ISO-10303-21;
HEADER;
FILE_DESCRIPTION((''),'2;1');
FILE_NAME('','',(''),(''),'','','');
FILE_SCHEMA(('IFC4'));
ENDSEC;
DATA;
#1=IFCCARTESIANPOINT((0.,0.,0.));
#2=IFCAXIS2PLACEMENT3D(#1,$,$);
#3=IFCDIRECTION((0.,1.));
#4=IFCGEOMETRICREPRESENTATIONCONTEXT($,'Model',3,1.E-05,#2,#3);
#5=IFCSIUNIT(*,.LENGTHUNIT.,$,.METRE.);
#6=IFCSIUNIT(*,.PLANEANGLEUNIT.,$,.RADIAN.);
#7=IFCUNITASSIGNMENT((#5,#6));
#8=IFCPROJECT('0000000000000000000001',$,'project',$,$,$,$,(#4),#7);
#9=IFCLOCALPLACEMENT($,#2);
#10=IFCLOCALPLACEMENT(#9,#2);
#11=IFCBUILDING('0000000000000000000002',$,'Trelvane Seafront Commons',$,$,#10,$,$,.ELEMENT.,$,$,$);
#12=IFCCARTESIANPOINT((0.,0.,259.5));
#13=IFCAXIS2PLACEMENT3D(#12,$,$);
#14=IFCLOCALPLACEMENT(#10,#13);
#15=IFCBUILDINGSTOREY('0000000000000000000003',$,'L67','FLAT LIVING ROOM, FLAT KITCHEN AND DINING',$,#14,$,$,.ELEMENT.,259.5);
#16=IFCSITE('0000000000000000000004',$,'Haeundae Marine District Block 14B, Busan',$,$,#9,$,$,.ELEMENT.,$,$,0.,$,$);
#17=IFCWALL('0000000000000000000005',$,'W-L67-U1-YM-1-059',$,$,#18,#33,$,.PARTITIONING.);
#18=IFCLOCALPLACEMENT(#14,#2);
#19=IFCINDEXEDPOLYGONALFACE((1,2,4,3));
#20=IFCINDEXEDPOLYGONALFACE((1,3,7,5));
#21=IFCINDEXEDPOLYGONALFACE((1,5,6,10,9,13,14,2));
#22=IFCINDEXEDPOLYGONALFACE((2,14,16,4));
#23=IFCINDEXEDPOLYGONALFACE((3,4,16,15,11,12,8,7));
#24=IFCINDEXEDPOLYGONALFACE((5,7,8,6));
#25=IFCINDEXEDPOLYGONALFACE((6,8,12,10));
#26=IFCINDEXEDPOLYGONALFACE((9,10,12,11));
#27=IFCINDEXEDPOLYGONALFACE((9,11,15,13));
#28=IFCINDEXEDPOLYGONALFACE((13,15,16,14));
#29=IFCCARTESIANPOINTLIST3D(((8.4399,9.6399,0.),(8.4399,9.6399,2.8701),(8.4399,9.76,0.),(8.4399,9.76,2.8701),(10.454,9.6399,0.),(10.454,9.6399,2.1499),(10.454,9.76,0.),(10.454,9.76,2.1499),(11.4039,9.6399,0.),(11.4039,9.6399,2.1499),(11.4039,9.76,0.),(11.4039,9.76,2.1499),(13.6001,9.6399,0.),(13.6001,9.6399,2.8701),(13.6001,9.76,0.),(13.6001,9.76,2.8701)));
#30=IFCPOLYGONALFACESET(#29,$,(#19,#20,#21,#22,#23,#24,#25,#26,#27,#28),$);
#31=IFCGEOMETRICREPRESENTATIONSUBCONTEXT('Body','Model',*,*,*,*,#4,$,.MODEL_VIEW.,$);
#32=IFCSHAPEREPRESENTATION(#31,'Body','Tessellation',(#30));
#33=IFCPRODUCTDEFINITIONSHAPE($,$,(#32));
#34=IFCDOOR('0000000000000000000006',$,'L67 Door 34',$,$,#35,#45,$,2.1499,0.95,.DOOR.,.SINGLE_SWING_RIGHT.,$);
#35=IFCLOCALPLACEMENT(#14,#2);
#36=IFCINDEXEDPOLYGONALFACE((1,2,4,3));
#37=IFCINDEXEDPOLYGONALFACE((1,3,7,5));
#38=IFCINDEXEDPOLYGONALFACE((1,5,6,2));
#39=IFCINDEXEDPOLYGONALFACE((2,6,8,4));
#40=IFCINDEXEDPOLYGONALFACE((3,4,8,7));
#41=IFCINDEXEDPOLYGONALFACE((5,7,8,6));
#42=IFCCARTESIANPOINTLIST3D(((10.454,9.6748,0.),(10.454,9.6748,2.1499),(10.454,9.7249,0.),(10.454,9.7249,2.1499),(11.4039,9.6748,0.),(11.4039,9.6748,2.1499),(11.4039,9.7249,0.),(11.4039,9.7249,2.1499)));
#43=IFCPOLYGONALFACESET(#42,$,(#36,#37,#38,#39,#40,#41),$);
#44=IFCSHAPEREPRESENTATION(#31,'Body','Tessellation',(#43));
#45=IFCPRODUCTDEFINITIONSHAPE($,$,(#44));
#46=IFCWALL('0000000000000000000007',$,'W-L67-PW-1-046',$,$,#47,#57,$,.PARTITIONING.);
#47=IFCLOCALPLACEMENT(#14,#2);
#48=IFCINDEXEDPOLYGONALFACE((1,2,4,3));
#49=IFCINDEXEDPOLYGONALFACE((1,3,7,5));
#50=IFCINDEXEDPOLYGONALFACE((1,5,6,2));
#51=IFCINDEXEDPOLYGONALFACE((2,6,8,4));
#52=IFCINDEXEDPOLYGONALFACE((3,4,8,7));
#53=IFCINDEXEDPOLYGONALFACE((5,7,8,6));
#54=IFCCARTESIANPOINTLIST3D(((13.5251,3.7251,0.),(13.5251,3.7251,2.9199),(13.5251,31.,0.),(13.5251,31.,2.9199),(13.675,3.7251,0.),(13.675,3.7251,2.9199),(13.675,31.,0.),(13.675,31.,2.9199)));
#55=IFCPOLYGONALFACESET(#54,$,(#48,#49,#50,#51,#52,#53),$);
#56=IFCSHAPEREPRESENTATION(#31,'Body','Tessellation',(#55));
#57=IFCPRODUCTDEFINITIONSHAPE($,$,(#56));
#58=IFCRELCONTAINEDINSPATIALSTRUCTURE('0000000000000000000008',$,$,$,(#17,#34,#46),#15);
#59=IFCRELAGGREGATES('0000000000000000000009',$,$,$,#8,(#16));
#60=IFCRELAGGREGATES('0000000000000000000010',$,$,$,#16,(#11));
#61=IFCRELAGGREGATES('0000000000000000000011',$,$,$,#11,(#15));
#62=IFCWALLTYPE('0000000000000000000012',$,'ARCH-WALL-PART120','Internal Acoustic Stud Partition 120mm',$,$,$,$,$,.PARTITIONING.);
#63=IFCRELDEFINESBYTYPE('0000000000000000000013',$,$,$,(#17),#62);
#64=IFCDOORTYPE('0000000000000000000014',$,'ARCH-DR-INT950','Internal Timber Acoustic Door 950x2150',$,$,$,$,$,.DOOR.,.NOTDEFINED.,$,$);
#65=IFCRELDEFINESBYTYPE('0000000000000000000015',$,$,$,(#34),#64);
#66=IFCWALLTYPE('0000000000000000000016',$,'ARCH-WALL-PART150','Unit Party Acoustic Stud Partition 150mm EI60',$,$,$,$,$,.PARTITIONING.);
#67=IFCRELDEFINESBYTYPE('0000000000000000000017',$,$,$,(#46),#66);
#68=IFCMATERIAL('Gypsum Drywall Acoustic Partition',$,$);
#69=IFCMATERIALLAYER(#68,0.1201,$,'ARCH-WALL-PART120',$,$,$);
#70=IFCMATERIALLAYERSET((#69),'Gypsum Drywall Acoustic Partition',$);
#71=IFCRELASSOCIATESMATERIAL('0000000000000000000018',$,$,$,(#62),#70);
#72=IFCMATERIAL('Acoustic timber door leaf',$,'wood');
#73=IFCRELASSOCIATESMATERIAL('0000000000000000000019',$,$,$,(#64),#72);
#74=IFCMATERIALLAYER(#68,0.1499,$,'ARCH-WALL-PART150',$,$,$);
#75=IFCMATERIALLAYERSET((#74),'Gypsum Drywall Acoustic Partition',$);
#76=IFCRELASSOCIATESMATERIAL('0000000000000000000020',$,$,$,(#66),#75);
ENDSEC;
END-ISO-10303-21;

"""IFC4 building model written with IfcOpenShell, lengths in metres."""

from ifc_helpers import new_model, si_unit, direction, frame, frame_2d, origin, place, context, subcontext, project, spatial, rectangle, extrude, source, transform, mapped, material, layer, layer_set, type_object, element, fill, save


model = new_model("IFC4")

# Units and contexts
model_context = context("Model", 3, precision=1e-05, world=origin(), true_north=direction((0.0, 1.0)))
body_context = subcontext(model_context, "Body", "Model", "MODEL_VIEW")
ifc_project = project(units=[si_unit("LENGTHUNIT", "METRE"), si_unit("PLANEANGLEUNIT", "RADIAN")], contexts=[model_context])

# Site, building, storey
site_placement = place(None, origin())
site = spatial("IfcSite", under=ifc_project, at=site_placement, Name="Haeundae Marine District Block 14B, Busan", CompositionType="ELEMENT", RefElevation=0.0)
building_placement = place(site_placement, origin())
building = spatial("IfcBuilding", under=site, at=building_placement, Name="Trelvane Seafront Commons", CompositionType="ELEMENT")
storey_placement = place(building_placement, frame((0.0, 0.0, 259.5)))
storey = spatial("IfcBuildingStorey", under=building, at=storey_placement, Name="L67", Description="FLAT LIVING ROOM, FLAT KITCHEN AND DINING", CompositionType="ELEMENT", Elevation=259.5)

# Wall, opening, door
ifc_material_1 = material(Name="Gypsum Drywall Acoustic Partition")
ifc_layer_1 = layer(ifc_material_1, 0.1201, Name="ARCH-WALL-PART120")
ifc_layer_set_1 = layer_set([ifc_layer_1], Name="Gypsum Drywall Acoustic Partition")
wall_type_1 = type_object("IfcWallType", Name="ARCH-WALL-PART120", Description="Internal Acoustic Stud Partition 120mm", PredefinedType="PARTITIONING", material=ifc_layer_set_1)
wall_1_placement = place(storey_placement, frame((8.4399, 9.7, 0.0), z_axis=(0.0, 0.0, 1.0), x_axis=(1.0, 0.0, 0.0)))
wall_1 = element("IfcWall", 1, at=wall_1_placement, inside=storey, type_object=wall_type_1, Name="W-L67-U1-YM-1-059", PredefinedType="PARTITIONING", context=body_context, shape_type="SweptSolid", body=[
    extrude(rectangle(XDim=5.1602, YDim=0.1201, at=frame_2d((2.5801, 0.0))), origin(), (0.0, 0.0, 1.0), 2.8701),
])
opening_1_placement = place(wall_1_placement, frame((2.0139, 0.0, 0.0)))
opening_1 = element("IfcOpeningElement", 2, at=opening_1_placement, cuts=wall_1, PredefinedType="OPENING", context=body_context, shape_type="SweptSolid", body=[
    extrude(rectangle(XDim=0.95, YDim=2.1499, at=frame_2d((0.4751, 1.075))), frame((0.0, 0.0701, 0.0), z_axis=(0.0, -1.0, 0.0), x_axis=(1.0, 0.0, 0.0)), (0.0, 0.0, 1.0), 0.1401),
])
ifc_material_2 = material(Name="Acoustic timber door leaf", Category="wood")
door_type = type_object("IfcDoorType", Name="ARCH-DR-INT950", Description="Internal Timber Acoustic Door 950x2150", OperationType="NOTDEFINED", PredefinedType="DOOR", material=ifc_material_2)
shared_shape_1 = source(origin(), body_context, "Body", "SweptSolid", [
    extrude(rectangle(XDim=0.95, YDim=2.1499, at=frame_2d((0.4751, 1.075))), frame((0.0, 0.0249, 0.0), z_axis=(0.0, -1.0, 0.0), x_axis=(1.0, 0.0, 0.0)), (0.0, 0.0, 1.0), 0.05),
])
door_placement = place(opening_1_placement, origin())
door = element("IfcDoor", 3, at=door_placement, inside=storey, type_object=door_type, Name="L67 Door 34", OperationType="SINGLE_SWING_RIGHT", OverallHeight=2.1499, OverallWidth=0.95, PredefinedType="DOOR", context=body_context, shape_type="MappedRepresentation", body=[
    mapped(shared_shape_1, transform((0.0, 0.0, 0.0), x_axis=(1.0, 0.0, 0.0), y_axis=(0.0, 1.0, 0.0), z_axis=(0.0, 0.0, 1.0), scale=1.0)),
])
fill(opening_1, door)

# Wall
ifc_layer_2 = layer(ifc_material_1, 0.1499, Name="ARCH-WALL-PART150")
ifc_layer_set_2 = layer_set([ifc_layer_2], Name="Gypsum Drywall Acoustic Partition")
wall_type_2 = type_object("IfcWallType", Name="ARCH-WALL-PART150", Description="Unit Party Acoustic Stud Partition 150mm EI60", PredefinedType="PARTITIONING", material=ifc_layer_set_2)
wall_2_placement = place(storey_placement, frame((13.6001, 3.7251, 0.0), z_axis=(0.0, 0.0, 1.0), x_axis=(0.0, 1.0, 0.0)))
element("IfcWall", 4, at=wall_2_placement, inside=storey, type_object=wall_type_2, Name="W-L67-PW-1-046", PredefinedType="PARTITIONING", context=body_context, shape_type="SweptSolid", body=[
    extrude(rectangle(XDim=27.2749, YDim=0.1499, at=frame_2d((13.6375, 0.0))), origin(), (0.0, 0.0, 1.0), 2.9199),
])

save(model, "model.ifc")
